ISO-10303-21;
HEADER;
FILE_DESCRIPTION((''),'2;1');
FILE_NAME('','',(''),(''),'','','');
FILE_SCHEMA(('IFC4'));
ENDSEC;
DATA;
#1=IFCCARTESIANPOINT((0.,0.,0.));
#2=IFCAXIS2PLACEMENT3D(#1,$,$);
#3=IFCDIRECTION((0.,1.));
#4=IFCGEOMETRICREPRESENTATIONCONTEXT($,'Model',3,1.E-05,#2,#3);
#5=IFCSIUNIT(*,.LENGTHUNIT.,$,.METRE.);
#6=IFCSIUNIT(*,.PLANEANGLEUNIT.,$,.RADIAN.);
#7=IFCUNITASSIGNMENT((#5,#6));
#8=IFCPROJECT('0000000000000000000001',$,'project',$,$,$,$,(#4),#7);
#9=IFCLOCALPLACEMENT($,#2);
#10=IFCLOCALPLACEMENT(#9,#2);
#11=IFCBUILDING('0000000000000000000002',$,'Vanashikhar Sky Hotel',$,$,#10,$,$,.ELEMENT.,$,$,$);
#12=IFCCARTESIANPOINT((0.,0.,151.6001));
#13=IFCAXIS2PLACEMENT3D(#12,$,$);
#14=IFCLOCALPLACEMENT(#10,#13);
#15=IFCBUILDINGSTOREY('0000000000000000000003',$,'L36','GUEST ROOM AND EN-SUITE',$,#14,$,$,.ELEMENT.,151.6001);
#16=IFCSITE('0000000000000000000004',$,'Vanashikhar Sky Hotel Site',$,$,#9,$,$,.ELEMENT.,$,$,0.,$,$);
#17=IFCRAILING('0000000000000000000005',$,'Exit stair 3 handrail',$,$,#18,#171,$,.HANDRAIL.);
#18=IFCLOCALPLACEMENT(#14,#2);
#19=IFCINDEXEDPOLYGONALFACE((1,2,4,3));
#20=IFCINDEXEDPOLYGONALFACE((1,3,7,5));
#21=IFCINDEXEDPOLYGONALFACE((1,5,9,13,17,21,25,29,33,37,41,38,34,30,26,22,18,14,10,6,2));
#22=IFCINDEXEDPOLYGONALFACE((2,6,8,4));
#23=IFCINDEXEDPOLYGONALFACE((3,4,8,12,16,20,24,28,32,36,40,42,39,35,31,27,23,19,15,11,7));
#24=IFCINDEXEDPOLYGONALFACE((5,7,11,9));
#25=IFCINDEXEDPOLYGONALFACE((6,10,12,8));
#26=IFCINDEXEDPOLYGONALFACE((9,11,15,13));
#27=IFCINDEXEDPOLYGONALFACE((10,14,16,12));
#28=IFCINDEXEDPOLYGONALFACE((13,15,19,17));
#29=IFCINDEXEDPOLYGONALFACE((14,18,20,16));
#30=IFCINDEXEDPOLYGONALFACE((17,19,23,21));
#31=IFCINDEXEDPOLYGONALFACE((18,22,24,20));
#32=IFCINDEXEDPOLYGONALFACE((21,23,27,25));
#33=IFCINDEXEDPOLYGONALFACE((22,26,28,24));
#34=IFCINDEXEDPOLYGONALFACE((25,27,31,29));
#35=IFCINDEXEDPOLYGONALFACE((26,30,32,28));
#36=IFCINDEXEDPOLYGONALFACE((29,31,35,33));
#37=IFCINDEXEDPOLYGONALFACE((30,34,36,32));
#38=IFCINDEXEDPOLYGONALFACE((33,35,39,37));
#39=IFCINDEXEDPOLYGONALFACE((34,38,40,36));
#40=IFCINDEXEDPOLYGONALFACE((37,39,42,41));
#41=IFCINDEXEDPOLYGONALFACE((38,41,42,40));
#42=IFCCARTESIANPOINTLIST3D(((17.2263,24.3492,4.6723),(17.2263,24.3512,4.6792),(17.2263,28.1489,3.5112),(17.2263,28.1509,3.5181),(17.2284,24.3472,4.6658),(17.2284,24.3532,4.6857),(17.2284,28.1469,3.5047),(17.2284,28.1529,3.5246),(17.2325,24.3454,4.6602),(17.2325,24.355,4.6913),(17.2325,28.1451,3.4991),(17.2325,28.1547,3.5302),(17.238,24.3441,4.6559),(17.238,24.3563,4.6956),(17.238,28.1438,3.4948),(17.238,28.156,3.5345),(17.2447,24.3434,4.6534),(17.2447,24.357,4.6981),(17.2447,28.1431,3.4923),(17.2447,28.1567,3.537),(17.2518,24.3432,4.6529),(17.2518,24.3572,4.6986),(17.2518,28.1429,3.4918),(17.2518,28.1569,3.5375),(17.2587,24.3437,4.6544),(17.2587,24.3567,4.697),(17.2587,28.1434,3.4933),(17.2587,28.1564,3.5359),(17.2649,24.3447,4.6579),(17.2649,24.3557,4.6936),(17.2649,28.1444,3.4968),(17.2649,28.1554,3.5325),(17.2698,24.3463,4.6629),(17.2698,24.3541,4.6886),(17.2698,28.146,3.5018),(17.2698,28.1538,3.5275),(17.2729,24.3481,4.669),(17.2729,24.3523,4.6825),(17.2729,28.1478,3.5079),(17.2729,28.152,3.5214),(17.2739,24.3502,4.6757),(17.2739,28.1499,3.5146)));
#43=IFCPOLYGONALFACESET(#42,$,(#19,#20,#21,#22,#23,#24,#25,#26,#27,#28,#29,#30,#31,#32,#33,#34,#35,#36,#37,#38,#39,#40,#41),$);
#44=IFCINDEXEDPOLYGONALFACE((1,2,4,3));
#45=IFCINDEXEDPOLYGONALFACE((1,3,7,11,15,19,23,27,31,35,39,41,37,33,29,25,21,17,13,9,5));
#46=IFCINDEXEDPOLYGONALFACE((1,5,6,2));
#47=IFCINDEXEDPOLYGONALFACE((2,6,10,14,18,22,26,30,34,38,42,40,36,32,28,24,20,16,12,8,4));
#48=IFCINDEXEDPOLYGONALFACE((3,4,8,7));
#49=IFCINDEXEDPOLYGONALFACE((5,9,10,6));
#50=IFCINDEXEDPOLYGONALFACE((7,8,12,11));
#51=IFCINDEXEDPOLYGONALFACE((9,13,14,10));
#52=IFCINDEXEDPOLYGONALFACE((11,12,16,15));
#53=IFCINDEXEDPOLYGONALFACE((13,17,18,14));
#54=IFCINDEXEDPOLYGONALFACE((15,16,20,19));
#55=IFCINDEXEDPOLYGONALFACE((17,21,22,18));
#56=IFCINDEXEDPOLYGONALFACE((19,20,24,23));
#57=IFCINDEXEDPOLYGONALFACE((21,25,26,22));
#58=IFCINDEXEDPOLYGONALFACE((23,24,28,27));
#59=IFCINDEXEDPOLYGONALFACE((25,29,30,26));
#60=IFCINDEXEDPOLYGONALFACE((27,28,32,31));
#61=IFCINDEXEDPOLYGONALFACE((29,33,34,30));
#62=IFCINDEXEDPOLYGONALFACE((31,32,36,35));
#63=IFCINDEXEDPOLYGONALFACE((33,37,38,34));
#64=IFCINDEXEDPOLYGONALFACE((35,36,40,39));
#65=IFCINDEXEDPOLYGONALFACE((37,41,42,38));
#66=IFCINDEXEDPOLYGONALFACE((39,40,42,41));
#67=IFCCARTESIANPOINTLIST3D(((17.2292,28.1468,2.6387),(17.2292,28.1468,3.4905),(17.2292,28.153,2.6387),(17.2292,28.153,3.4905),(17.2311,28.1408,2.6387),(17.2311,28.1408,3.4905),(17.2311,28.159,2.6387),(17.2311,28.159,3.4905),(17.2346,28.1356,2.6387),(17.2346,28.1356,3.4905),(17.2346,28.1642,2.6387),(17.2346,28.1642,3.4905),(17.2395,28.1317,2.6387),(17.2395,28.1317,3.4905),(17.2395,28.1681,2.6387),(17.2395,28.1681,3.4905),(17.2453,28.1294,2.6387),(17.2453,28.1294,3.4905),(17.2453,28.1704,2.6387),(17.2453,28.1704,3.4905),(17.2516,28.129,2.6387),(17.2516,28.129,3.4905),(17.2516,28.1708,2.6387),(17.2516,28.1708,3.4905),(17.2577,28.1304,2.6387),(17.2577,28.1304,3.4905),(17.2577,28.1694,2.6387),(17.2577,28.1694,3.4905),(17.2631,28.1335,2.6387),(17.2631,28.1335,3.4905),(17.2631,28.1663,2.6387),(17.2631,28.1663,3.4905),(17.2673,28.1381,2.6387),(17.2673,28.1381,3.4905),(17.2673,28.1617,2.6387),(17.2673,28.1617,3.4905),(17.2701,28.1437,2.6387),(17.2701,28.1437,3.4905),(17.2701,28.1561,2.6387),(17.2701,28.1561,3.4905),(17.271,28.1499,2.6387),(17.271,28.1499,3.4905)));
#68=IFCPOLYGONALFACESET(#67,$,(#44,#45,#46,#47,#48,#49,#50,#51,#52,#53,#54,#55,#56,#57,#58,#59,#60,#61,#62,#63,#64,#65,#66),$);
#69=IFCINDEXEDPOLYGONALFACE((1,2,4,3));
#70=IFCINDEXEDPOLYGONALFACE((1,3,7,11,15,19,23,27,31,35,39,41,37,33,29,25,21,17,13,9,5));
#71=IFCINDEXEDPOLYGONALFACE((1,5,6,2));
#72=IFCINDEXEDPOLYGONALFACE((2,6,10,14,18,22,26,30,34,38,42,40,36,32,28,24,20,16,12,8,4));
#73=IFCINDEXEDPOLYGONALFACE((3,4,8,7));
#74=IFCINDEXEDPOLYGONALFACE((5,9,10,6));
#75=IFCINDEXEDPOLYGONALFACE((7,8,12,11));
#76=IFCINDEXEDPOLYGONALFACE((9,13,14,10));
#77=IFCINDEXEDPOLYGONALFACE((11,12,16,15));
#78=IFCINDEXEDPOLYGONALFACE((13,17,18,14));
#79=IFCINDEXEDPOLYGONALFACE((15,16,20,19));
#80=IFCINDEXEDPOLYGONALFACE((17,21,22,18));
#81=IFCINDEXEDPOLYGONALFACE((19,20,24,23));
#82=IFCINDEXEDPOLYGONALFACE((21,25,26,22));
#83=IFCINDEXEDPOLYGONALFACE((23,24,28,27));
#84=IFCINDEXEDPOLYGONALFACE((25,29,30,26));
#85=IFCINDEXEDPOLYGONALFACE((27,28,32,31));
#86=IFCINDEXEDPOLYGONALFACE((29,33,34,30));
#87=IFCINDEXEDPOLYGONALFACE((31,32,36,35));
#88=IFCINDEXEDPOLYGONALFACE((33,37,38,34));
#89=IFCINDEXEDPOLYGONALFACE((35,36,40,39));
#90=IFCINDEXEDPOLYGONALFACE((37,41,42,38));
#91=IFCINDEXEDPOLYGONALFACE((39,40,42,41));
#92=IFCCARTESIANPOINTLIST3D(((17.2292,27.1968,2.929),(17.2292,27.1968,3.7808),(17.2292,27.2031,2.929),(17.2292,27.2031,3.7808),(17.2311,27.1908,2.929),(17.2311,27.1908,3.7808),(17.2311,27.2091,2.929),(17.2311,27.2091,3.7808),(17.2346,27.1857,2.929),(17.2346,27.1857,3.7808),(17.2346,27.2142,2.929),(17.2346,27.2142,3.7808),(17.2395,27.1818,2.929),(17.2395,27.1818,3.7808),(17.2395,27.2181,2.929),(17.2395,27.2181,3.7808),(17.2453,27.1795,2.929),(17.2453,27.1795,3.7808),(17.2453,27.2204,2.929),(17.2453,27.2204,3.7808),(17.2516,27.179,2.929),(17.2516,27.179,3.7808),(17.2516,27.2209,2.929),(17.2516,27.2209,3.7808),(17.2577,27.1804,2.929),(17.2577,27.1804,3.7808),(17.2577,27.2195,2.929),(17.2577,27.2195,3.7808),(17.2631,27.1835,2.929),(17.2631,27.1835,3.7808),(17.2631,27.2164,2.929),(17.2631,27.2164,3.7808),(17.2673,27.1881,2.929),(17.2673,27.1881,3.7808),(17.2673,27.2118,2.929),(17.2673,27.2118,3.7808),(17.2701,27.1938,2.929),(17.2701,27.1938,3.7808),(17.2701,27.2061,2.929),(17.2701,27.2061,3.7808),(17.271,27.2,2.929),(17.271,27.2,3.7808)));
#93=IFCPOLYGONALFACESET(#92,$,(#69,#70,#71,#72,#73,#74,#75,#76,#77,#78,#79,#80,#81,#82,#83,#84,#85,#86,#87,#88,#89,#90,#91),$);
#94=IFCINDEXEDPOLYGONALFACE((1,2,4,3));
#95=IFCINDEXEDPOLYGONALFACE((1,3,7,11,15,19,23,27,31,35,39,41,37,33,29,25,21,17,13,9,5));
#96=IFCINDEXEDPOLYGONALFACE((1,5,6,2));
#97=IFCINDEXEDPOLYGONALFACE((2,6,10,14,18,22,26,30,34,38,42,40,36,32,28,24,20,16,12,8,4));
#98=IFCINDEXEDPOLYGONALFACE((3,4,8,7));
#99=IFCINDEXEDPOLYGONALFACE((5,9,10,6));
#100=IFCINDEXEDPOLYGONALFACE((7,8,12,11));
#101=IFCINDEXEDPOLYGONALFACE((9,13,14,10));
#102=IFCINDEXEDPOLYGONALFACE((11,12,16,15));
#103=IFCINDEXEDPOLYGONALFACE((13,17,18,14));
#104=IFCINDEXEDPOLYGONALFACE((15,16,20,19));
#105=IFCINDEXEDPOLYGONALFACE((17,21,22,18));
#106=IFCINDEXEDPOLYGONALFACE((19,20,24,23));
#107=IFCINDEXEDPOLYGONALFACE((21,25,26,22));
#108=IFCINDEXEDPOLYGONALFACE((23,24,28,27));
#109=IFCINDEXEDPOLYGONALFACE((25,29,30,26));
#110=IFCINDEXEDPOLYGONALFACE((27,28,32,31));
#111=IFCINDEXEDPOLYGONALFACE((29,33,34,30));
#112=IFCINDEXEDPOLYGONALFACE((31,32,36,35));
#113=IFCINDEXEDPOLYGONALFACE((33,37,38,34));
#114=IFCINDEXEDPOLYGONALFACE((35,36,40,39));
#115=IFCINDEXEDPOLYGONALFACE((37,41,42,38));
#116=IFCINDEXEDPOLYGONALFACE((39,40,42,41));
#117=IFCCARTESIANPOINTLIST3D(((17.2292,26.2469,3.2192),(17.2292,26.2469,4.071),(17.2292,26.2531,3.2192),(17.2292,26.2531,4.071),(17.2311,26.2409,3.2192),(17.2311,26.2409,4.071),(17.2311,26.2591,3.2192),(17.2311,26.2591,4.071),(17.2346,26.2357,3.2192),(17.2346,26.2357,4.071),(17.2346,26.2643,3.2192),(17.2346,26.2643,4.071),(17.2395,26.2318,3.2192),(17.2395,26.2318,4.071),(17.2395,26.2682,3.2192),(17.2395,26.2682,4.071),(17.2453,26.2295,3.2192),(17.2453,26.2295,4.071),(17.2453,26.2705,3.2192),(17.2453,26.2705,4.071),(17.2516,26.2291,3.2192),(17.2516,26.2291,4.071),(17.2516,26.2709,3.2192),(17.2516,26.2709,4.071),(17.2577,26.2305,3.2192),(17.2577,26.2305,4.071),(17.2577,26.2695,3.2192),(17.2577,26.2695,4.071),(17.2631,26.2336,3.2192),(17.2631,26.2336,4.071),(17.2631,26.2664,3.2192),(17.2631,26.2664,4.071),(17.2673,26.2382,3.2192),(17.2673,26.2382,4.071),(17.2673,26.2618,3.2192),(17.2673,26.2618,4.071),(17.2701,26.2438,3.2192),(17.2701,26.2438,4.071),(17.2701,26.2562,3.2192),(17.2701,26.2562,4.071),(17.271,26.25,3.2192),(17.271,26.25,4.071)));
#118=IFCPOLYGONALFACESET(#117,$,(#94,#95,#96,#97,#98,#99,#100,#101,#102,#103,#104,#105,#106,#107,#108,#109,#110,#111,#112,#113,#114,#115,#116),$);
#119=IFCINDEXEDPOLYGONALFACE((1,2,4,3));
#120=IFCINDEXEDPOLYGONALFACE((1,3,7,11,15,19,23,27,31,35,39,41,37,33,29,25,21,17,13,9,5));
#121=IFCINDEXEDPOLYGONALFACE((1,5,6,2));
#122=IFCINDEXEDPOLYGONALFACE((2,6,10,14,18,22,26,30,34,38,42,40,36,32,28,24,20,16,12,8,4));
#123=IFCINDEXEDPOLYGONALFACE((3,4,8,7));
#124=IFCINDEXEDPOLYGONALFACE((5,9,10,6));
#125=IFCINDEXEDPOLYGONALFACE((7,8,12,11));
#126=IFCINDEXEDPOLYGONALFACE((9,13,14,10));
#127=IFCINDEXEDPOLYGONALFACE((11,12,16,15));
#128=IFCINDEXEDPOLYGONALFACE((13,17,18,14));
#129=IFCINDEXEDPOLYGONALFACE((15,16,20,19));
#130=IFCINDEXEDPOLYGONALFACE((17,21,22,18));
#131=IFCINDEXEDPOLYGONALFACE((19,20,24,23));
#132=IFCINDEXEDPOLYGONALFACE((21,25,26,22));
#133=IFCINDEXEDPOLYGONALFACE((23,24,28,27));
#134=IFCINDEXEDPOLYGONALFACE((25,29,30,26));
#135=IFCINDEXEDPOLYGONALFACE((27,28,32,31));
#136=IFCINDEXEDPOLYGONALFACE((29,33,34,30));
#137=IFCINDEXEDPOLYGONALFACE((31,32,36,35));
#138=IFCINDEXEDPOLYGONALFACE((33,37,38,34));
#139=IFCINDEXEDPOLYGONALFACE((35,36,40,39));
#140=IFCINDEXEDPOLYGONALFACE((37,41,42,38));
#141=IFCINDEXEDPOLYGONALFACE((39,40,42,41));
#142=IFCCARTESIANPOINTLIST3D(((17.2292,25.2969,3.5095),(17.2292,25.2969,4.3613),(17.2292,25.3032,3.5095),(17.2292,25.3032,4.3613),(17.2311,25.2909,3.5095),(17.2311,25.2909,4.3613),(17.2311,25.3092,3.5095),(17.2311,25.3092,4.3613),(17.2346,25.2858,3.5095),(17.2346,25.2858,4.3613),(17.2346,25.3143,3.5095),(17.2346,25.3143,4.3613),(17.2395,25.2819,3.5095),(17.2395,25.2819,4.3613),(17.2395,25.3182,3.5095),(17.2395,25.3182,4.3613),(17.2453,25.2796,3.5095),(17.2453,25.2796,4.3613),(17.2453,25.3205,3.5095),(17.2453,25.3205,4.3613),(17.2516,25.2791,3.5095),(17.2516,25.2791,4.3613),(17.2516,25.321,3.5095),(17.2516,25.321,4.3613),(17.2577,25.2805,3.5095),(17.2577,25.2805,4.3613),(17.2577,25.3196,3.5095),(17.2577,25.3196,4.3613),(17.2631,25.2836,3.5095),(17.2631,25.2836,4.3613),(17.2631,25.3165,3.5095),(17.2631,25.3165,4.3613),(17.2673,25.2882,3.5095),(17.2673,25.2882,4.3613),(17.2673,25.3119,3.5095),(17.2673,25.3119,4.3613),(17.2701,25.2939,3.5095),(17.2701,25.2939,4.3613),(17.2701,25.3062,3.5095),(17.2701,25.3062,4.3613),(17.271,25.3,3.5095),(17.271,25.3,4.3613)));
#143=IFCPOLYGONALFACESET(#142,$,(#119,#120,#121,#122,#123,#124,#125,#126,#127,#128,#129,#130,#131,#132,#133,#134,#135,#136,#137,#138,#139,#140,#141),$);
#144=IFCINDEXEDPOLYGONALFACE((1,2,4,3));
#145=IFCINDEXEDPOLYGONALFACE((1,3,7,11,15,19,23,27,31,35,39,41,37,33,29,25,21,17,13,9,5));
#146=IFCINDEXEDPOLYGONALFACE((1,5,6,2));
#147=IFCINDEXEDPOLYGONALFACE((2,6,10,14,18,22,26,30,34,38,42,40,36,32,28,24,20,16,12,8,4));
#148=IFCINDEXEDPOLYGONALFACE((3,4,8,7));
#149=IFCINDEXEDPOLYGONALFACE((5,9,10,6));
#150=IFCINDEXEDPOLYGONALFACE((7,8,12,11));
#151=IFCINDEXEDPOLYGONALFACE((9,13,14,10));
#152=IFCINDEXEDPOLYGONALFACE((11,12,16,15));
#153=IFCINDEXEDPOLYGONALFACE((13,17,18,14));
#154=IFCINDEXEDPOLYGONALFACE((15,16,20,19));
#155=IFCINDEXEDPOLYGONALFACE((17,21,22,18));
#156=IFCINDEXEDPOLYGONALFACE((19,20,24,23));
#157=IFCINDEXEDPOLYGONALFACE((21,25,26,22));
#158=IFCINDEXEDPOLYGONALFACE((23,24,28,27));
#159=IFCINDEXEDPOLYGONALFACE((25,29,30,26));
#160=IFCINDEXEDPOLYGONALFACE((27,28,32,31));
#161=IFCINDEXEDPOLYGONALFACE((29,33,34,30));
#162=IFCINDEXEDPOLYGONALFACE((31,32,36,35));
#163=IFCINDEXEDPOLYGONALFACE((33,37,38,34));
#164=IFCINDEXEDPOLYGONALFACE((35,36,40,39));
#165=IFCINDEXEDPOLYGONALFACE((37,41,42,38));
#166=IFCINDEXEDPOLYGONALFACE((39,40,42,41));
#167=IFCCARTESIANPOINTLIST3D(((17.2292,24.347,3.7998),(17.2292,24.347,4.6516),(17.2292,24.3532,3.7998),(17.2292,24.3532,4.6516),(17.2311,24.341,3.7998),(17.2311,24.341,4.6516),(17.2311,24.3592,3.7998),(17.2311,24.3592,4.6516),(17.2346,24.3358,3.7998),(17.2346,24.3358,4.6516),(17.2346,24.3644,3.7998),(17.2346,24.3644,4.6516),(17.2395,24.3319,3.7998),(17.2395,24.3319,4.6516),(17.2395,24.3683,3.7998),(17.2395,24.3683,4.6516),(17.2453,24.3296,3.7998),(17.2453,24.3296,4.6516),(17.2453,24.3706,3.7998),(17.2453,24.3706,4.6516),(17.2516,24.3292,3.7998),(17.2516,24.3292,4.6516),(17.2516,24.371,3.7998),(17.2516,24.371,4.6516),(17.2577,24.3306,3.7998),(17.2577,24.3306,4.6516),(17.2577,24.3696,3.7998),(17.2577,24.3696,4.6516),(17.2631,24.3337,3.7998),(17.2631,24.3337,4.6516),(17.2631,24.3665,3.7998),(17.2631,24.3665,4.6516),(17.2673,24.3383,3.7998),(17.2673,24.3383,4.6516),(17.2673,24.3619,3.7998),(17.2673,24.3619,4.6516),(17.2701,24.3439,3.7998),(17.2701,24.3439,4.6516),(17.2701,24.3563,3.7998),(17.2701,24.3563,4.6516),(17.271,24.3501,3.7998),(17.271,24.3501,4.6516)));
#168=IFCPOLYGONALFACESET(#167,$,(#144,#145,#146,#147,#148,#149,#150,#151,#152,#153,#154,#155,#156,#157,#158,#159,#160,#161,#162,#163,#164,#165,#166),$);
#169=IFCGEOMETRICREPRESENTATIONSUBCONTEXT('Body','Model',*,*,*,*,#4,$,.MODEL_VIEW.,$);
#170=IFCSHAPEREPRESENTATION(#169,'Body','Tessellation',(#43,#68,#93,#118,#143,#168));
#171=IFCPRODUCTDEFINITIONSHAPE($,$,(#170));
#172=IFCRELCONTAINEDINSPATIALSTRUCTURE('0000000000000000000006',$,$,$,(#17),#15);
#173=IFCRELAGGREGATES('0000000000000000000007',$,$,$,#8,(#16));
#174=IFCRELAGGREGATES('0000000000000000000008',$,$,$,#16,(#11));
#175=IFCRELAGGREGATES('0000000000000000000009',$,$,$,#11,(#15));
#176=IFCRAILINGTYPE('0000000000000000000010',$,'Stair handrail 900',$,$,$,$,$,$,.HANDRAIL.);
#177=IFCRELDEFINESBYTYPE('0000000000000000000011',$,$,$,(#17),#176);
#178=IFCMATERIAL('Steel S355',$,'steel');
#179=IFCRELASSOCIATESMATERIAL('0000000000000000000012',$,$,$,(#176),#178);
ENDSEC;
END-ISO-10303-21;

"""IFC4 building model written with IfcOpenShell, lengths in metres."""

from ifc_helpers import new_model, si_unit, direction, frame, origin, origin_2d, place, context, subcontext, project, spatial, circle, extrude, source, transform, mapped, material, type_object, element, save


model = new_model("IFC4")

# Units and contexts
model_context = context("Model", 3, precision=1e-05, world=origin(), true_north=direction((0.0, 1.0)))
body_context = subcontext(model_context, "Body", "Model", "MODEL_VIEW")
ifc_project = project(units=[si_unit("LENGTHUNIT", "METRE"), si_unit("PLANEANGLEUNIT", "RADIAN")], contexts=[model_context])

# Site, building, storey
site_placement = place(None, origin())
site = spatial("IfcSite", under=ifc_project, at=site_placement, Name="Vanashikhar Sky Hotel Site", CompositionType="ELEMENT", RefElevation=0.0)
building_placement = place(site_placement, origin())
building = spatial("IfcBuilding", under=site, at=building_placement, Name="Vanashikhar Sky Hotel", CompositionType="ELEMENT")
storey_placement = place(building_placement, frame((0.0, 0.0, 151.6001)))
storey = spatial("IfcBuildingStorey", under=building, at=storey_placement, Name="L36", Description="GUEST ROOM AND EN-SUITE", CompositionType="ELEMENT", Elevation=151.6001)

# Railing
ifc_material_1 = material(Name="Steel S355", Category="steel")
railing_type = type_object("IfcRailingType", Name="Stair handrail 900", PredefinedType="HANDRAIL", material=ifc_material_1)
shared_shape_1 = source(origin(), body_context, "Body", "SweptSolid", [
    extrude(circle(Radius=0.0239, at=origin_2d()), frame((0.0, 0.0, 0.876), z_axis=(0.0, -0.956346, 0.292237), x_axis=(1.0, 0.0, 0.0)), (0.0, 0.0, 1.0), 3.9731),
    extrude(circle(Radius=0.021, at=origin_2d()), origin(), (0.0, 0.0, 1.0), 0.8518),
    extrude(circle(Radius=0.021, at=origin_2d()), frame((0.0, -0.95, 0.2903)), (0.0, 0.0, 1.0), 0.8518),
    extrude(circle(Radius=0.021, at=origin_2d()), frame((0.0, -1.8999, 0.5806)), (0.0, 0.0, 1.0), 0.8518),
    extrude(circle(Radius=0.021, at=origin_2d()), frame((0.0, -2.8499, 0.8708)), (0.0, 0.0, 1.0), 0.8518),
    extrude(circle(Radius=0.021, at=origin_2d()), frame((0.0, -3.7998, 1.1611)), (0.0, 0.0, 1.0), 0.8518),
])
for number, where, name in (
    (1, (17.25, 28.1499, 2.6387), "Exit stair 3 handrail"),
):
    element("IfcRailing", number, at=place(storey_placement, frame(where)), inside=storey, type_object=railing_type, Name=name, PredefinedType="HANDRAIL", context=body_context, shape_type="MappedRepresentation", body=[
        mapped(shared_shape_1, transform((0.0, 0.0, 0.0), scale=1.0)),
    ])

save(model, "model.ifc")
